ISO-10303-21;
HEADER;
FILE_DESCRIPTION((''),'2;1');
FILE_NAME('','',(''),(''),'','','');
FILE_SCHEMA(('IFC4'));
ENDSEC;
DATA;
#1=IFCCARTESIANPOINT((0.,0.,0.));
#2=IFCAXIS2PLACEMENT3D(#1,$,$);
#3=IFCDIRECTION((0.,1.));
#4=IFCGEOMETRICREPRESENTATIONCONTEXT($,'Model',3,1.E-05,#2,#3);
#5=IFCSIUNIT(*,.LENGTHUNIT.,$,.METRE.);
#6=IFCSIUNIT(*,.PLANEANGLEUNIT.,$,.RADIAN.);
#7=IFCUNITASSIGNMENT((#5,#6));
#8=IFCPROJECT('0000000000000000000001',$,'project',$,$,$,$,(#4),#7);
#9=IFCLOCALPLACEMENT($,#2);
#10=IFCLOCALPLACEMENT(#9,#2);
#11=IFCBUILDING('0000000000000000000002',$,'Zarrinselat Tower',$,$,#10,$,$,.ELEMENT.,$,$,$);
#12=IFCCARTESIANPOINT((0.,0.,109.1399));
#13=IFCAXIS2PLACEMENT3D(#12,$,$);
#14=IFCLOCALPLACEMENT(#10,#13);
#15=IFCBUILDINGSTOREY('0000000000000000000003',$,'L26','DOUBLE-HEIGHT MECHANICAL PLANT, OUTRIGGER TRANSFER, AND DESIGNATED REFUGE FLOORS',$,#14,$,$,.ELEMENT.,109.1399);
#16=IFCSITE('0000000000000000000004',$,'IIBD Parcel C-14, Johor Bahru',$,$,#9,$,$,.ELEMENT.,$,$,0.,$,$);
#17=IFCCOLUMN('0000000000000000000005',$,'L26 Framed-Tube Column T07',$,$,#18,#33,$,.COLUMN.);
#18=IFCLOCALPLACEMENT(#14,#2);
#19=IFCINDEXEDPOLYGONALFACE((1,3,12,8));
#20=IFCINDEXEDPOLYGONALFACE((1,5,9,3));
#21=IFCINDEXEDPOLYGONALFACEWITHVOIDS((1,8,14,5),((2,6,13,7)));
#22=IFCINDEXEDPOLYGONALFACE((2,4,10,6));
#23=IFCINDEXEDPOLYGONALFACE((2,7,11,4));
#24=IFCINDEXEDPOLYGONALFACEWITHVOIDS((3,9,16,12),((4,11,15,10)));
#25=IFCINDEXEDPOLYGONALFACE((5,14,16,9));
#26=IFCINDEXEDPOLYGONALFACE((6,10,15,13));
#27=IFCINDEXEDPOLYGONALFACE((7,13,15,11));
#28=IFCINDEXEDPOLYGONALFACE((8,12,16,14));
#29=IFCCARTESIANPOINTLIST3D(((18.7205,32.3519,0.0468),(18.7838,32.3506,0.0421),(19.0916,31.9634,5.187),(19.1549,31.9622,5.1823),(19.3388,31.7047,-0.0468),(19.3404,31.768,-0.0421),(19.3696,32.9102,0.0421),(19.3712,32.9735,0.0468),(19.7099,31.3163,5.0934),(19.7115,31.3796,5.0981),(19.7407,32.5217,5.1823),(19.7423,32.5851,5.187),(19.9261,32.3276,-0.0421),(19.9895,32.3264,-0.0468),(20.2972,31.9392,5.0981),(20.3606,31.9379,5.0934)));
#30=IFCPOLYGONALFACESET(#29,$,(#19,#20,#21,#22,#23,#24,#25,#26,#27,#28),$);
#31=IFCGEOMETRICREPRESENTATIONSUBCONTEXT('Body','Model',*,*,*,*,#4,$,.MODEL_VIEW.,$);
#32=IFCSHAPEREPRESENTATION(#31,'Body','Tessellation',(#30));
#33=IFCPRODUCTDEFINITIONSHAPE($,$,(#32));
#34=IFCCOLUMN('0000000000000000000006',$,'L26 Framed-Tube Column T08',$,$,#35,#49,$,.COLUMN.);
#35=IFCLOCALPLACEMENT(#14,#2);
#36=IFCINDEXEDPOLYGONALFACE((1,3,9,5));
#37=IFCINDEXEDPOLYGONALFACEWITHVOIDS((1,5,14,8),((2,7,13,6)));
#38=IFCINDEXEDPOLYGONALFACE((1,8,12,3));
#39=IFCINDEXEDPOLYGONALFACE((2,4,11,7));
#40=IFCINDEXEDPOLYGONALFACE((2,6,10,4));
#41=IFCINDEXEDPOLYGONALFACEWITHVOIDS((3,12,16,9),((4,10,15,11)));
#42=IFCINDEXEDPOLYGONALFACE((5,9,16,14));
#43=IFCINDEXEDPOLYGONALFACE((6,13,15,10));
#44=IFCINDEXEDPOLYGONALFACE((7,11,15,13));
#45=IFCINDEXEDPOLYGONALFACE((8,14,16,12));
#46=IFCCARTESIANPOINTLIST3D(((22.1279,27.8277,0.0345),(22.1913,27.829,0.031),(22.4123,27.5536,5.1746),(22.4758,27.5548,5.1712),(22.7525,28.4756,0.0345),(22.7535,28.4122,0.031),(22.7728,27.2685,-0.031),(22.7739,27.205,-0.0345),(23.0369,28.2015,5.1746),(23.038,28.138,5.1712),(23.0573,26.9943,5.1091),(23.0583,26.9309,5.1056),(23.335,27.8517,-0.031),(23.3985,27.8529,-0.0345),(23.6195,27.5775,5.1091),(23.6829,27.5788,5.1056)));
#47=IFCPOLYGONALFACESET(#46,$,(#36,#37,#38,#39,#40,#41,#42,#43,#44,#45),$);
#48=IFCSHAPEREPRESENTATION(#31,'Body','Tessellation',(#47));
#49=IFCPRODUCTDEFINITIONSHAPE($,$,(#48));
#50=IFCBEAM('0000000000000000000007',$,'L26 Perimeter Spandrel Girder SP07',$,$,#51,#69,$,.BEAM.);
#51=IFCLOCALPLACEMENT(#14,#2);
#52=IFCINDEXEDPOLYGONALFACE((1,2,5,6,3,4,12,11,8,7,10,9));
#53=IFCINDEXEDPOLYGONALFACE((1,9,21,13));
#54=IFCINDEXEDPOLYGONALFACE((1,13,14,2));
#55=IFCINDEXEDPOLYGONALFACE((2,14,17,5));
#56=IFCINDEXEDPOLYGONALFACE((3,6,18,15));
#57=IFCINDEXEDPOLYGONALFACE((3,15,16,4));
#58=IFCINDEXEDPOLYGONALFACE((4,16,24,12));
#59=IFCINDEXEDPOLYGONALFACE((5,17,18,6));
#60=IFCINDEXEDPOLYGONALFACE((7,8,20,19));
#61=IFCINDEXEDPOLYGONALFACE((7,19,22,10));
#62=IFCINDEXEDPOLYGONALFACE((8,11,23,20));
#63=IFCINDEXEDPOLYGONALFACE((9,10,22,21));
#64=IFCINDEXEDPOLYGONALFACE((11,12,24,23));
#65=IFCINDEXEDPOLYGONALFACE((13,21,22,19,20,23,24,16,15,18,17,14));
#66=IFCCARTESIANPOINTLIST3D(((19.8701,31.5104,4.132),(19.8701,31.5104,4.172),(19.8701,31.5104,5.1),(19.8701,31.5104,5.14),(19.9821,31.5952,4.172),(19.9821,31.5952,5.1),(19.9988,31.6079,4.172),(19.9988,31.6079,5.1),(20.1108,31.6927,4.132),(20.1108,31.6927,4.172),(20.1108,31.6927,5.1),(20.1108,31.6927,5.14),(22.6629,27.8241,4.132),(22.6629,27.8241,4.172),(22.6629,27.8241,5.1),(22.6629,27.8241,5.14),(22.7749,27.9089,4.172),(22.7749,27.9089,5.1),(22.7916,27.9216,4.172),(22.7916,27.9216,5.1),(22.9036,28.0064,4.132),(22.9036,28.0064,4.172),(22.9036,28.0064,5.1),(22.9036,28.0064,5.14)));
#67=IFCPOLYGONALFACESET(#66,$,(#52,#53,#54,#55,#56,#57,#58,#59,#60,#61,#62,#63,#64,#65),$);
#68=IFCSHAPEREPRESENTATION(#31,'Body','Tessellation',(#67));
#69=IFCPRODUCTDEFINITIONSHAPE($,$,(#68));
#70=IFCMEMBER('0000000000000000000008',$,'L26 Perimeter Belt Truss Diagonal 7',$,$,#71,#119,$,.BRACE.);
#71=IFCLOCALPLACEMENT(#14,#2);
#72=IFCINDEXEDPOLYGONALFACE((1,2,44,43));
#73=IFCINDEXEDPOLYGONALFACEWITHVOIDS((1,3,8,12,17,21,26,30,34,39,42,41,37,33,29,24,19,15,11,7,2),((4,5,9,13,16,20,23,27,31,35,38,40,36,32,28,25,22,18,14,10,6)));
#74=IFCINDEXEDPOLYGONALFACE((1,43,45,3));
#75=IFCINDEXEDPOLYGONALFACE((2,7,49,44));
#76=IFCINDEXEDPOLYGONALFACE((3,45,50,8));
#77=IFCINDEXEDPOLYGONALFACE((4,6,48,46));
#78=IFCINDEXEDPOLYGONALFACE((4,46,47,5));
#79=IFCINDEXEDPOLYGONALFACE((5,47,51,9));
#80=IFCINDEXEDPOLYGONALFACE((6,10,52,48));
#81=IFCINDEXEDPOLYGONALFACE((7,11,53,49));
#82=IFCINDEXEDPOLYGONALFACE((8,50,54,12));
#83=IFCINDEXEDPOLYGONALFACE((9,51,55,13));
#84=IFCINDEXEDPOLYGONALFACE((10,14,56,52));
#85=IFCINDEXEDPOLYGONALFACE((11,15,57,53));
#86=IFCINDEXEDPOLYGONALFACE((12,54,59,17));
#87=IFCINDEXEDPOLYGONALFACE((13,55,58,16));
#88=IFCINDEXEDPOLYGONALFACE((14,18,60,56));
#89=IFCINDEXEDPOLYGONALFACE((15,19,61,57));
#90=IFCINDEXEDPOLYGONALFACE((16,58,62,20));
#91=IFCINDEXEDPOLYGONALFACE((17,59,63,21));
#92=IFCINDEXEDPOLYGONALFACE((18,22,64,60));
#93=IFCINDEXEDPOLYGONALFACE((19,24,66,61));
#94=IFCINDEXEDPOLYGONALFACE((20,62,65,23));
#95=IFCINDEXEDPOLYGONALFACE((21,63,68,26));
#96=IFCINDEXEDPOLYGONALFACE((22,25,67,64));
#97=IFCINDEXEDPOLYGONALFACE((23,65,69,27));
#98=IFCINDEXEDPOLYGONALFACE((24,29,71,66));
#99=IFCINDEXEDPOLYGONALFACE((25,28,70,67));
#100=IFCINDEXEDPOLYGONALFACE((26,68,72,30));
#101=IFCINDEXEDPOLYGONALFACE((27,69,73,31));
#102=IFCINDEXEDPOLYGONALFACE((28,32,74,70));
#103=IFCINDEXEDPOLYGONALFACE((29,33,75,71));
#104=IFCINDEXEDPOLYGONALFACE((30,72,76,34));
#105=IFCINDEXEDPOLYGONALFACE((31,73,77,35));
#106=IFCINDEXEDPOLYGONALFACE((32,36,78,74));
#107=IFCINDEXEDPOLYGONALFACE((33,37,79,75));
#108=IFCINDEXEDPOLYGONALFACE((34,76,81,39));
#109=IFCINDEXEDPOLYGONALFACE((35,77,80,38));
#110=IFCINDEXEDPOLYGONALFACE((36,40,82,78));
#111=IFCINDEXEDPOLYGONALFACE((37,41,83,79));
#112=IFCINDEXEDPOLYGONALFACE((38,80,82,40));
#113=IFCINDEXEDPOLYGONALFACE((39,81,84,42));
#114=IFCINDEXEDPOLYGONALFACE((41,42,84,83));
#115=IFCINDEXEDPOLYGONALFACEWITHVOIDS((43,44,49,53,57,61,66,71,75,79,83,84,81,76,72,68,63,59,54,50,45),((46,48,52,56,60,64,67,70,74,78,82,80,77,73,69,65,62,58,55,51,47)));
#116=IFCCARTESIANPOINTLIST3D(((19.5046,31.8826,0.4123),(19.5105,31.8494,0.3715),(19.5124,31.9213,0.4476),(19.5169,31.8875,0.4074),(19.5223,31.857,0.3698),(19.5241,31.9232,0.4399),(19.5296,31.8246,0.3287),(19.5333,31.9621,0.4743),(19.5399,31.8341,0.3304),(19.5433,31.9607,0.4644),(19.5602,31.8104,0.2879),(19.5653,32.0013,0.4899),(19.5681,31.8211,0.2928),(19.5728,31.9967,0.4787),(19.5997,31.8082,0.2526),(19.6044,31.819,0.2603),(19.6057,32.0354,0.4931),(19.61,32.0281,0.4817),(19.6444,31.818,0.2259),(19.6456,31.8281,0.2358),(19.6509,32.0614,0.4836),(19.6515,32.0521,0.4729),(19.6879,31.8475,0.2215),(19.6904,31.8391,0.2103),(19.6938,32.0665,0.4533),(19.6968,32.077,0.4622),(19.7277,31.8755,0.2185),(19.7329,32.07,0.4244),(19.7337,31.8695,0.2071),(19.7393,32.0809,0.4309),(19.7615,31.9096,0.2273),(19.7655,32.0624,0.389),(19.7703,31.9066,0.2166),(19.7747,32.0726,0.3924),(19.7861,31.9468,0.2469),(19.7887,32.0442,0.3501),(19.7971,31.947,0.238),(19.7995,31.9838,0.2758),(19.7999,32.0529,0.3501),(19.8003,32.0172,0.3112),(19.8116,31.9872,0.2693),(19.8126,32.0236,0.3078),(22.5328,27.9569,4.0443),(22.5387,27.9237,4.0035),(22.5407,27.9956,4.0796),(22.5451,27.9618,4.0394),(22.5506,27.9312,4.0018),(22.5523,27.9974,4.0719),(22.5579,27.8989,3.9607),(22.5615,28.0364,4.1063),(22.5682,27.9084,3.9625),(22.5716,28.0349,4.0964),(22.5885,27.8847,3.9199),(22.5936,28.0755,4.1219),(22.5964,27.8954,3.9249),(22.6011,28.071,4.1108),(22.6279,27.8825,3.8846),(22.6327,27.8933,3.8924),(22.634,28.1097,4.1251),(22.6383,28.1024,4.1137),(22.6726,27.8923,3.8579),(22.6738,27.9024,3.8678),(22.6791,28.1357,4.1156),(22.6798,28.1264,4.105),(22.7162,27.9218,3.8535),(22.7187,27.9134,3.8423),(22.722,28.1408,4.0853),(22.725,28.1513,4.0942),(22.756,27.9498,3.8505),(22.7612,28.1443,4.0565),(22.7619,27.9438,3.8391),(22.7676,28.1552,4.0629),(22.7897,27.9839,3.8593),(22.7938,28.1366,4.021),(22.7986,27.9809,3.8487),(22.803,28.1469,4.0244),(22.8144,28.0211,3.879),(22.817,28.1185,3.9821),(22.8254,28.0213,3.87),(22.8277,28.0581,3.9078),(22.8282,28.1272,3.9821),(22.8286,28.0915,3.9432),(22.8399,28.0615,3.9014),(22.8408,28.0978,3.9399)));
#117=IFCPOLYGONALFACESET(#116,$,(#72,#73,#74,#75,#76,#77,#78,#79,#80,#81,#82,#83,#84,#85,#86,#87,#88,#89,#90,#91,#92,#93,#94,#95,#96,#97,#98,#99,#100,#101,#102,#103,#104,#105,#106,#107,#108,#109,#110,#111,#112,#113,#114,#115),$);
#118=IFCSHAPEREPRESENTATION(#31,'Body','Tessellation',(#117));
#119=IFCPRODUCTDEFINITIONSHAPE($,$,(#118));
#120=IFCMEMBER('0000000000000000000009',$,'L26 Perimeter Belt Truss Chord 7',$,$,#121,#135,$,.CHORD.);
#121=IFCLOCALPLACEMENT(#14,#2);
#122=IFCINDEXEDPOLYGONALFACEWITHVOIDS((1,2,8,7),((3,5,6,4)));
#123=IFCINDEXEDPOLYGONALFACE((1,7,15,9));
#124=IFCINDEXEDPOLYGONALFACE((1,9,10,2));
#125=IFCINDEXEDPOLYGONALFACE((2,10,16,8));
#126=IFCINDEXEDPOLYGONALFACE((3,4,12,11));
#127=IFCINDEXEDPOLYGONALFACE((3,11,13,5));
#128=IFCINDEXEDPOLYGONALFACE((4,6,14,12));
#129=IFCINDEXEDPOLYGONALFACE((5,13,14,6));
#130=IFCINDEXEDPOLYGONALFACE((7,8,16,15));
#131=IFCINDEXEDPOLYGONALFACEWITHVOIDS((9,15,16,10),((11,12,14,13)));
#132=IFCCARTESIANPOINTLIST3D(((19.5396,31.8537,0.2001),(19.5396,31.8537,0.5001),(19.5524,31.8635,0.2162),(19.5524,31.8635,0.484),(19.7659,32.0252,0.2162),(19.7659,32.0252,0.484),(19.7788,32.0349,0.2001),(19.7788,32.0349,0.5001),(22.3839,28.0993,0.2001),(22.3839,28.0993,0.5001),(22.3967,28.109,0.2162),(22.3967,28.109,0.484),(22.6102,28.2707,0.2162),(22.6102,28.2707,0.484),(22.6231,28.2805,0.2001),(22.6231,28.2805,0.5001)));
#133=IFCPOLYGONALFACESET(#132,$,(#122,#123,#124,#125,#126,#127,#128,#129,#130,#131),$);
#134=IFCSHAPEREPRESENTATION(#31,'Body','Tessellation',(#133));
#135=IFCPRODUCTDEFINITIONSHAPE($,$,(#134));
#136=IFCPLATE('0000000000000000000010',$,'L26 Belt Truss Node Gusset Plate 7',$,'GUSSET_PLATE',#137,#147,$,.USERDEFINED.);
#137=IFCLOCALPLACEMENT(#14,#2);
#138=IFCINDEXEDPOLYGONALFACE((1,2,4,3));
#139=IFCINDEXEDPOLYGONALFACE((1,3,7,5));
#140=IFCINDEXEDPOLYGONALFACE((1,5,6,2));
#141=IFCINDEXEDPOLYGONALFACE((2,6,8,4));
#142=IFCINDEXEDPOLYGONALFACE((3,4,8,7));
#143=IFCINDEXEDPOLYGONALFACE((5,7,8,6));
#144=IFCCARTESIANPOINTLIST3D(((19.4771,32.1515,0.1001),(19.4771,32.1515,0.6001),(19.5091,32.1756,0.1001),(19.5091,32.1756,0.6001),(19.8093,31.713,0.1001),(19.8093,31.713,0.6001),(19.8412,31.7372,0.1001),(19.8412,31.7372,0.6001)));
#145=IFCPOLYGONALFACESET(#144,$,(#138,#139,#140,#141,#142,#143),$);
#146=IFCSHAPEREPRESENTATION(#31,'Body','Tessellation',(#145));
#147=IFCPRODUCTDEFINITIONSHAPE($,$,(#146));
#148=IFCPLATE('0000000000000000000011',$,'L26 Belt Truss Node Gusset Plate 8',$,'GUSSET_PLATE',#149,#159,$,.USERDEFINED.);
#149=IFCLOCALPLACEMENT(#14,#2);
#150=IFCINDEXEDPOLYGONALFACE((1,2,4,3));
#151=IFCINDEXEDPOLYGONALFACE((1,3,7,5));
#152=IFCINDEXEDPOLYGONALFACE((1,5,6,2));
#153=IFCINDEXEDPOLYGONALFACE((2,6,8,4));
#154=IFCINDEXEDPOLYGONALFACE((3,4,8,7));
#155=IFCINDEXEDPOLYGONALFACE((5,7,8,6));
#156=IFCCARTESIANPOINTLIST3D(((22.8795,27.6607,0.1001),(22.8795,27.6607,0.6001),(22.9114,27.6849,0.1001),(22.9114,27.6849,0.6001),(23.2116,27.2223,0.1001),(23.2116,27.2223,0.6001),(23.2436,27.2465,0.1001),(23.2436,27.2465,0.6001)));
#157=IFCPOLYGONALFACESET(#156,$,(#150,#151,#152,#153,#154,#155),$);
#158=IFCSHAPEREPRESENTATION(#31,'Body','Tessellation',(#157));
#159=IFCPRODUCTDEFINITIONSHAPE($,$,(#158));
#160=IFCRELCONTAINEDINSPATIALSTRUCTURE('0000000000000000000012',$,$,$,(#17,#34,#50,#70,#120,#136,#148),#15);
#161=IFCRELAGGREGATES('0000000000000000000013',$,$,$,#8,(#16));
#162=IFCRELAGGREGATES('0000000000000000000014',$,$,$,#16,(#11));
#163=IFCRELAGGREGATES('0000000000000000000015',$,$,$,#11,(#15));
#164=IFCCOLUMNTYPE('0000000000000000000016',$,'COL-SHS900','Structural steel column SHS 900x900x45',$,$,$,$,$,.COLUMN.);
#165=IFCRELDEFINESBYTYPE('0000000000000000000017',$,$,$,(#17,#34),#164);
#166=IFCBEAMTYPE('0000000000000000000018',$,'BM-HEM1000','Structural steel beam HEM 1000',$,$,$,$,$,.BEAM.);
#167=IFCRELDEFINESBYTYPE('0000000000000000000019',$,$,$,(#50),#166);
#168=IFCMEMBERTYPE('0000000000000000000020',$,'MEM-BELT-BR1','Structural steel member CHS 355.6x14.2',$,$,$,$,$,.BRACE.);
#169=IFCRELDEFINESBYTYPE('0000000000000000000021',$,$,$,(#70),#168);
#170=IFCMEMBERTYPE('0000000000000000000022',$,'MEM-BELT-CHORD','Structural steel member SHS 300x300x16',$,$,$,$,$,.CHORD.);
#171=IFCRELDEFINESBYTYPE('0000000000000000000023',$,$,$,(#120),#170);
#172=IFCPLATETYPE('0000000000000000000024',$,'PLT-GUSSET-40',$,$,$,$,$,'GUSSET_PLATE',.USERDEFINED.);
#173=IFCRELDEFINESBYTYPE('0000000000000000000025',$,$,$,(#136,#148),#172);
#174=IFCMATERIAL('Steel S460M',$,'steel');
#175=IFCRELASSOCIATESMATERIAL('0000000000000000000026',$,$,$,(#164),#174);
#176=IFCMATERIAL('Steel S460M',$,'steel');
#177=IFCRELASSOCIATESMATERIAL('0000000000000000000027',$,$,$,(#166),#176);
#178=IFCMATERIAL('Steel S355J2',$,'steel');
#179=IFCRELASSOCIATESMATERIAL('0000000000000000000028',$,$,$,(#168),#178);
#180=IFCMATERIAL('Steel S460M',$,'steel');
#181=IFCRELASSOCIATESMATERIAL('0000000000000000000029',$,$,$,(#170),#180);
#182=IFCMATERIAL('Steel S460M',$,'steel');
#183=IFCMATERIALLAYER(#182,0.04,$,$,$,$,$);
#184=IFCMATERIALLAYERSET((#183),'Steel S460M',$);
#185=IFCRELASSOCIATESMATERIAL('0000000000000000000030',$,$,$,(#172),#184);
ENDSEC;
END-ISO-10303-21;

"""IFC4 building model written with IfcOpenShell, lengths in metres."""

from ifc_helpers import new_model, si_unit, direction, frame, origin, origin_2d, place, context, subcontext, project, spatial, rectangle, hollow_rectangle, hollow_circle, i_section, extrude, material, layer, layer_set, material_profile, profile_set, type_object, element, save


model = new_model("IFC4")

# Units and contexts
model_context = context("Model", 3, precision=1e-05, world=origin(), true_north=direction((0.0, 1.0)))
body_context = subcontext(model_context, "Body", "Model", "MODEL_VIEW")
ifc_project = project(units=[si_unit("LENGTHUNIT", "METRE"), si_unit("PLANEANGLEUNIT", "RADIAN")], contexts=[model_context])

# Site, building, storey
site_placement = place(None, origin())
site = spatial("IfcSite", under=ifc_project, at=site_placement, Name="IIBD Parcel C-14, Johor Bahru", CompositionType="ELEMENT", RefElevation=0.0)
building_placement = place(site_placement, origin())
building = spatial("IfcBuilding", under=site, at=building_placement, Name="Zarrinselat Tower", CompositionType="ELEMENT")
storey_placement = place(building_placement, frame((0.0, 0.0, 109.1399)))
storey = spatial("IfcBuildingStorey", under=building, at=storey_placement, Name="L26", Description="DOUBLE-HEIGHT MECHANICAL PLANT, OUTRIGGER TRANSFER, AND DESIGNATED REFUGE FLOORS", CompositionType="ELEMENT", Elevation=109.1399)

# Columns
ifc_material_1 = material(Name="Steel S460M", Category="steel")
ifc_material_profile_1 = material_profile(ifc_material_1, hollow_rectangle(XDim=0.8999, YDim=0.8999, WallThickness=0.0449, at=origin_2d()), Name="SHS 900x900x45")
ifc_profile_set_1 = profile_set([ifc_material_profile_1], Name="Steel S460M")
column_type = type_object("IfcColumnType", Name="COL-SHS900", Description="Structural steel column SHS 900x900x45", PredefinedType="COLUMN", material=ifc_profile_set_1)
column_1_placement = place(storey_placement, frame((19.355, 32.3391, 0.0), z_axis=(0.071804, -0.075158, 0.994583), x_axis=(0.723056, 0.690789, 0.0)))
element("IfcColumn", 1, at=column_1_placement, inside=storey, type_object=column_type, Name="L26 Framed-Tube Column T07", PredefinedType="COLUMN", context=body_context, shape_type="SweptSolid", body=[
    extrude(hollow_rectangle(XDim=0.8999, YDim=0.8999, WallThickness=0.0449, at=origin_2d()), origin(), (0.0, 0.0, 1.0), 5.1682),
])
column_2_placement = place(storey_placement, frame((22.7632, 27.8403, 0.0), z_axis=(0.055171, -0.053182, 0.99706), x_axis=(0.69401, 0.719966, 0.0)))
element("IfcColumn", 2, at=column_2_placement, inside=storey, type_object=column_type, Name="L26 Framed-Tube Column T08", PredefinedType="COLUMN", context=body_context, shape_type="SweptSolid", body=[
    extrude(hollow_rectangle(XDim=0.8999, YDim=0.8999, WallThickness=0.0449, at=origin_2d()), origin(), (0.0, 0.0, 1.0), 5.1553),
])

# Beam
ifc_material_2 = material(Name="Steel S460M", Category="steel")
ifc_material_profile_2 = material_profile(ifc_material_2, i_section(OverallWidth=0.302, OverallDepth=1.0081, WebThickness=0.021, FlangeThickness=0.04, at=origin_2d()), Name="HEM 1000")
ifc_profile_set_2 = profile_set([ifc_material_profile_2], Name="Steel S460M")
beam_type = type_object("IfcBeamType", Name="BM-HEM1000", Description="Structural steel beam HEM 1000", PredefinedType="BEAM", material=ifc_profile_set_2)
beam_placement = place(storey_placement, frame((19.9905, 31.6016, 4.636), z_axis=(0.60387, -0.797083, 0.0), x_axis=(0.797083, 0.60387, 0.0)))
element("IfcBeam", 3, at=beam_placement, inside=storey, type_object=beam_type, Name="L26 Perimeter Spandrel Girder SP07", PredefinedType="BEAM", context=body_context, shape_type="SweptSolid", body=[
    extrude(i_section(OverallWidth=0.302, OverallDepth=1.0081, WebThickness=0.021, FlangeThickness=0.04, at=origin_2d()), origin(), (0.0, 0.0, 1.0), 4.6248),
])

# Members
ifc_material_3 = material(Name="Steel S355J2", Category="steel")
ifc_material_profile_3 = material_profile(ifc_material_3, hollow_circle(Radius=0.1777, WallThickness=0.0142, at=origin_2d()), Name="CHS 355.6x14.2")
ifc_profile_set_3 = profile_set([ifc_material_profile_3], Name="Steel S355J2")
member_type_1 = type_object("IfcMemberType", Name="MEM-BELT-BR1", Description="Structural steel member CHS 355.6x14.2", PredefinedType="BRACE", material=ifc_profile_set_3)
member_1_placement = place(storey_placement, frame((19.6592, 31.9443, 0.3501), z_axis=(0.492723, -0.638744, 0.590957), x_axis=(0.791796, 0.610786, 0.0)))
element("IfcMember", 4, at=member_1_placement, inside=storey, type_object=member_type_1, Name="L26 Perimeter Belt Truss Diagonal 7", PredefinedType="BRACE", context=body_context, shape_type="SweptSolid", body=[
    extrude(hollow_circle(Radius=0.1777, WallThickness=0.0142, at=origin_2d()), origin(), (0.0, 0.0, 1.0), 6.146),
])
ifc_material_4 = material(Name="Steel S460M", Category="steel")
ifc_material_profile_4 = material_profile(ifc_material_4, hollow_rectangle(XDim=0.3, YDim=0.3, WallThickness=0.0161, at=origin_2d()), Name="SHS 300x300x16")
ifc_profile_set_4 = profile_set([ifc_material_profile_4], Name="Steel S460M")
member_type_2 = type_object("IfcMemberType", Name="MEM-BELT-CHORD", Description="Structural steel member SHS 300x300x16", PredefinedType="CHORD", material=ifc_profile_set_4)
member_2_placement = place(storey_placement, frame((19.6592, 31.9443, 0.3501), z_axis=(0.603858, -0.797092, 0.0), x_axis=(0.797092, 0.603858, 0.0)))
element("IfcMember", 5, at=member_2_placement, inside=storey, type_object=member_type_2, Name="L26 Perimeter Belt Truss Chord 7", PredefinedType="CHORD", context=body_context, shape_type="SweptSolid", body=[
    extrude(hollow_rectangle(XDim=0.3, YDim=0.3, WallThickness=0.0161, at=origin_2d()), origin(), (0.0, 0.0, 1.0), 4.7102),
])

# Plates
ifc_material_5 = material(Name="Steel S460M", Category="steel")
ifc_layer_1 = layer(ifc_material_5, 0.04)
ifc_layer_set_1 = layer_set([ifc_layer_1], Name="Steel S460M")
plate_type = type_object("IfcPlateType", Name="PLT-GUSSET-40", ElementType="GUSSET_PLATE", PredefinedType="USERDEFINED", material=ifc_layer_set_1)
for number, where, z_axis, x_axis, name in (
    (6, (19.6592, 31.9443, 0.1001), (0.0, 0.0, 1.0), (0.603868, -0.797084, 0.0), "L26 Belt Truss Node Gusset Plate 7"),
    (7, (23.0615, 27.4536, 0.1001), (0.0, 0.0, 1.0), (0.60386, -0.797091, 0.0), "L26 Belt Truss Node Gusset Plate 8"),
):
    element("IfcPlate", number, at=place(storey_placement, frame(where, z_axis=z_axis, x_axis=x_axis)), inside=storey, type_object=plate_type, Name=name, ObjectType="GUSSET_PLATE", PredefinedType="USERDEFINED", context=body_context, shape_type="SweptSolid", body=[
        extrude(rectangle(XDim=0.55, YDim=0.04, at=origin_2d()), origin(), (0.0, 0.0, 1.0), 0.5),
    ])

save(model, "model.ifc")
